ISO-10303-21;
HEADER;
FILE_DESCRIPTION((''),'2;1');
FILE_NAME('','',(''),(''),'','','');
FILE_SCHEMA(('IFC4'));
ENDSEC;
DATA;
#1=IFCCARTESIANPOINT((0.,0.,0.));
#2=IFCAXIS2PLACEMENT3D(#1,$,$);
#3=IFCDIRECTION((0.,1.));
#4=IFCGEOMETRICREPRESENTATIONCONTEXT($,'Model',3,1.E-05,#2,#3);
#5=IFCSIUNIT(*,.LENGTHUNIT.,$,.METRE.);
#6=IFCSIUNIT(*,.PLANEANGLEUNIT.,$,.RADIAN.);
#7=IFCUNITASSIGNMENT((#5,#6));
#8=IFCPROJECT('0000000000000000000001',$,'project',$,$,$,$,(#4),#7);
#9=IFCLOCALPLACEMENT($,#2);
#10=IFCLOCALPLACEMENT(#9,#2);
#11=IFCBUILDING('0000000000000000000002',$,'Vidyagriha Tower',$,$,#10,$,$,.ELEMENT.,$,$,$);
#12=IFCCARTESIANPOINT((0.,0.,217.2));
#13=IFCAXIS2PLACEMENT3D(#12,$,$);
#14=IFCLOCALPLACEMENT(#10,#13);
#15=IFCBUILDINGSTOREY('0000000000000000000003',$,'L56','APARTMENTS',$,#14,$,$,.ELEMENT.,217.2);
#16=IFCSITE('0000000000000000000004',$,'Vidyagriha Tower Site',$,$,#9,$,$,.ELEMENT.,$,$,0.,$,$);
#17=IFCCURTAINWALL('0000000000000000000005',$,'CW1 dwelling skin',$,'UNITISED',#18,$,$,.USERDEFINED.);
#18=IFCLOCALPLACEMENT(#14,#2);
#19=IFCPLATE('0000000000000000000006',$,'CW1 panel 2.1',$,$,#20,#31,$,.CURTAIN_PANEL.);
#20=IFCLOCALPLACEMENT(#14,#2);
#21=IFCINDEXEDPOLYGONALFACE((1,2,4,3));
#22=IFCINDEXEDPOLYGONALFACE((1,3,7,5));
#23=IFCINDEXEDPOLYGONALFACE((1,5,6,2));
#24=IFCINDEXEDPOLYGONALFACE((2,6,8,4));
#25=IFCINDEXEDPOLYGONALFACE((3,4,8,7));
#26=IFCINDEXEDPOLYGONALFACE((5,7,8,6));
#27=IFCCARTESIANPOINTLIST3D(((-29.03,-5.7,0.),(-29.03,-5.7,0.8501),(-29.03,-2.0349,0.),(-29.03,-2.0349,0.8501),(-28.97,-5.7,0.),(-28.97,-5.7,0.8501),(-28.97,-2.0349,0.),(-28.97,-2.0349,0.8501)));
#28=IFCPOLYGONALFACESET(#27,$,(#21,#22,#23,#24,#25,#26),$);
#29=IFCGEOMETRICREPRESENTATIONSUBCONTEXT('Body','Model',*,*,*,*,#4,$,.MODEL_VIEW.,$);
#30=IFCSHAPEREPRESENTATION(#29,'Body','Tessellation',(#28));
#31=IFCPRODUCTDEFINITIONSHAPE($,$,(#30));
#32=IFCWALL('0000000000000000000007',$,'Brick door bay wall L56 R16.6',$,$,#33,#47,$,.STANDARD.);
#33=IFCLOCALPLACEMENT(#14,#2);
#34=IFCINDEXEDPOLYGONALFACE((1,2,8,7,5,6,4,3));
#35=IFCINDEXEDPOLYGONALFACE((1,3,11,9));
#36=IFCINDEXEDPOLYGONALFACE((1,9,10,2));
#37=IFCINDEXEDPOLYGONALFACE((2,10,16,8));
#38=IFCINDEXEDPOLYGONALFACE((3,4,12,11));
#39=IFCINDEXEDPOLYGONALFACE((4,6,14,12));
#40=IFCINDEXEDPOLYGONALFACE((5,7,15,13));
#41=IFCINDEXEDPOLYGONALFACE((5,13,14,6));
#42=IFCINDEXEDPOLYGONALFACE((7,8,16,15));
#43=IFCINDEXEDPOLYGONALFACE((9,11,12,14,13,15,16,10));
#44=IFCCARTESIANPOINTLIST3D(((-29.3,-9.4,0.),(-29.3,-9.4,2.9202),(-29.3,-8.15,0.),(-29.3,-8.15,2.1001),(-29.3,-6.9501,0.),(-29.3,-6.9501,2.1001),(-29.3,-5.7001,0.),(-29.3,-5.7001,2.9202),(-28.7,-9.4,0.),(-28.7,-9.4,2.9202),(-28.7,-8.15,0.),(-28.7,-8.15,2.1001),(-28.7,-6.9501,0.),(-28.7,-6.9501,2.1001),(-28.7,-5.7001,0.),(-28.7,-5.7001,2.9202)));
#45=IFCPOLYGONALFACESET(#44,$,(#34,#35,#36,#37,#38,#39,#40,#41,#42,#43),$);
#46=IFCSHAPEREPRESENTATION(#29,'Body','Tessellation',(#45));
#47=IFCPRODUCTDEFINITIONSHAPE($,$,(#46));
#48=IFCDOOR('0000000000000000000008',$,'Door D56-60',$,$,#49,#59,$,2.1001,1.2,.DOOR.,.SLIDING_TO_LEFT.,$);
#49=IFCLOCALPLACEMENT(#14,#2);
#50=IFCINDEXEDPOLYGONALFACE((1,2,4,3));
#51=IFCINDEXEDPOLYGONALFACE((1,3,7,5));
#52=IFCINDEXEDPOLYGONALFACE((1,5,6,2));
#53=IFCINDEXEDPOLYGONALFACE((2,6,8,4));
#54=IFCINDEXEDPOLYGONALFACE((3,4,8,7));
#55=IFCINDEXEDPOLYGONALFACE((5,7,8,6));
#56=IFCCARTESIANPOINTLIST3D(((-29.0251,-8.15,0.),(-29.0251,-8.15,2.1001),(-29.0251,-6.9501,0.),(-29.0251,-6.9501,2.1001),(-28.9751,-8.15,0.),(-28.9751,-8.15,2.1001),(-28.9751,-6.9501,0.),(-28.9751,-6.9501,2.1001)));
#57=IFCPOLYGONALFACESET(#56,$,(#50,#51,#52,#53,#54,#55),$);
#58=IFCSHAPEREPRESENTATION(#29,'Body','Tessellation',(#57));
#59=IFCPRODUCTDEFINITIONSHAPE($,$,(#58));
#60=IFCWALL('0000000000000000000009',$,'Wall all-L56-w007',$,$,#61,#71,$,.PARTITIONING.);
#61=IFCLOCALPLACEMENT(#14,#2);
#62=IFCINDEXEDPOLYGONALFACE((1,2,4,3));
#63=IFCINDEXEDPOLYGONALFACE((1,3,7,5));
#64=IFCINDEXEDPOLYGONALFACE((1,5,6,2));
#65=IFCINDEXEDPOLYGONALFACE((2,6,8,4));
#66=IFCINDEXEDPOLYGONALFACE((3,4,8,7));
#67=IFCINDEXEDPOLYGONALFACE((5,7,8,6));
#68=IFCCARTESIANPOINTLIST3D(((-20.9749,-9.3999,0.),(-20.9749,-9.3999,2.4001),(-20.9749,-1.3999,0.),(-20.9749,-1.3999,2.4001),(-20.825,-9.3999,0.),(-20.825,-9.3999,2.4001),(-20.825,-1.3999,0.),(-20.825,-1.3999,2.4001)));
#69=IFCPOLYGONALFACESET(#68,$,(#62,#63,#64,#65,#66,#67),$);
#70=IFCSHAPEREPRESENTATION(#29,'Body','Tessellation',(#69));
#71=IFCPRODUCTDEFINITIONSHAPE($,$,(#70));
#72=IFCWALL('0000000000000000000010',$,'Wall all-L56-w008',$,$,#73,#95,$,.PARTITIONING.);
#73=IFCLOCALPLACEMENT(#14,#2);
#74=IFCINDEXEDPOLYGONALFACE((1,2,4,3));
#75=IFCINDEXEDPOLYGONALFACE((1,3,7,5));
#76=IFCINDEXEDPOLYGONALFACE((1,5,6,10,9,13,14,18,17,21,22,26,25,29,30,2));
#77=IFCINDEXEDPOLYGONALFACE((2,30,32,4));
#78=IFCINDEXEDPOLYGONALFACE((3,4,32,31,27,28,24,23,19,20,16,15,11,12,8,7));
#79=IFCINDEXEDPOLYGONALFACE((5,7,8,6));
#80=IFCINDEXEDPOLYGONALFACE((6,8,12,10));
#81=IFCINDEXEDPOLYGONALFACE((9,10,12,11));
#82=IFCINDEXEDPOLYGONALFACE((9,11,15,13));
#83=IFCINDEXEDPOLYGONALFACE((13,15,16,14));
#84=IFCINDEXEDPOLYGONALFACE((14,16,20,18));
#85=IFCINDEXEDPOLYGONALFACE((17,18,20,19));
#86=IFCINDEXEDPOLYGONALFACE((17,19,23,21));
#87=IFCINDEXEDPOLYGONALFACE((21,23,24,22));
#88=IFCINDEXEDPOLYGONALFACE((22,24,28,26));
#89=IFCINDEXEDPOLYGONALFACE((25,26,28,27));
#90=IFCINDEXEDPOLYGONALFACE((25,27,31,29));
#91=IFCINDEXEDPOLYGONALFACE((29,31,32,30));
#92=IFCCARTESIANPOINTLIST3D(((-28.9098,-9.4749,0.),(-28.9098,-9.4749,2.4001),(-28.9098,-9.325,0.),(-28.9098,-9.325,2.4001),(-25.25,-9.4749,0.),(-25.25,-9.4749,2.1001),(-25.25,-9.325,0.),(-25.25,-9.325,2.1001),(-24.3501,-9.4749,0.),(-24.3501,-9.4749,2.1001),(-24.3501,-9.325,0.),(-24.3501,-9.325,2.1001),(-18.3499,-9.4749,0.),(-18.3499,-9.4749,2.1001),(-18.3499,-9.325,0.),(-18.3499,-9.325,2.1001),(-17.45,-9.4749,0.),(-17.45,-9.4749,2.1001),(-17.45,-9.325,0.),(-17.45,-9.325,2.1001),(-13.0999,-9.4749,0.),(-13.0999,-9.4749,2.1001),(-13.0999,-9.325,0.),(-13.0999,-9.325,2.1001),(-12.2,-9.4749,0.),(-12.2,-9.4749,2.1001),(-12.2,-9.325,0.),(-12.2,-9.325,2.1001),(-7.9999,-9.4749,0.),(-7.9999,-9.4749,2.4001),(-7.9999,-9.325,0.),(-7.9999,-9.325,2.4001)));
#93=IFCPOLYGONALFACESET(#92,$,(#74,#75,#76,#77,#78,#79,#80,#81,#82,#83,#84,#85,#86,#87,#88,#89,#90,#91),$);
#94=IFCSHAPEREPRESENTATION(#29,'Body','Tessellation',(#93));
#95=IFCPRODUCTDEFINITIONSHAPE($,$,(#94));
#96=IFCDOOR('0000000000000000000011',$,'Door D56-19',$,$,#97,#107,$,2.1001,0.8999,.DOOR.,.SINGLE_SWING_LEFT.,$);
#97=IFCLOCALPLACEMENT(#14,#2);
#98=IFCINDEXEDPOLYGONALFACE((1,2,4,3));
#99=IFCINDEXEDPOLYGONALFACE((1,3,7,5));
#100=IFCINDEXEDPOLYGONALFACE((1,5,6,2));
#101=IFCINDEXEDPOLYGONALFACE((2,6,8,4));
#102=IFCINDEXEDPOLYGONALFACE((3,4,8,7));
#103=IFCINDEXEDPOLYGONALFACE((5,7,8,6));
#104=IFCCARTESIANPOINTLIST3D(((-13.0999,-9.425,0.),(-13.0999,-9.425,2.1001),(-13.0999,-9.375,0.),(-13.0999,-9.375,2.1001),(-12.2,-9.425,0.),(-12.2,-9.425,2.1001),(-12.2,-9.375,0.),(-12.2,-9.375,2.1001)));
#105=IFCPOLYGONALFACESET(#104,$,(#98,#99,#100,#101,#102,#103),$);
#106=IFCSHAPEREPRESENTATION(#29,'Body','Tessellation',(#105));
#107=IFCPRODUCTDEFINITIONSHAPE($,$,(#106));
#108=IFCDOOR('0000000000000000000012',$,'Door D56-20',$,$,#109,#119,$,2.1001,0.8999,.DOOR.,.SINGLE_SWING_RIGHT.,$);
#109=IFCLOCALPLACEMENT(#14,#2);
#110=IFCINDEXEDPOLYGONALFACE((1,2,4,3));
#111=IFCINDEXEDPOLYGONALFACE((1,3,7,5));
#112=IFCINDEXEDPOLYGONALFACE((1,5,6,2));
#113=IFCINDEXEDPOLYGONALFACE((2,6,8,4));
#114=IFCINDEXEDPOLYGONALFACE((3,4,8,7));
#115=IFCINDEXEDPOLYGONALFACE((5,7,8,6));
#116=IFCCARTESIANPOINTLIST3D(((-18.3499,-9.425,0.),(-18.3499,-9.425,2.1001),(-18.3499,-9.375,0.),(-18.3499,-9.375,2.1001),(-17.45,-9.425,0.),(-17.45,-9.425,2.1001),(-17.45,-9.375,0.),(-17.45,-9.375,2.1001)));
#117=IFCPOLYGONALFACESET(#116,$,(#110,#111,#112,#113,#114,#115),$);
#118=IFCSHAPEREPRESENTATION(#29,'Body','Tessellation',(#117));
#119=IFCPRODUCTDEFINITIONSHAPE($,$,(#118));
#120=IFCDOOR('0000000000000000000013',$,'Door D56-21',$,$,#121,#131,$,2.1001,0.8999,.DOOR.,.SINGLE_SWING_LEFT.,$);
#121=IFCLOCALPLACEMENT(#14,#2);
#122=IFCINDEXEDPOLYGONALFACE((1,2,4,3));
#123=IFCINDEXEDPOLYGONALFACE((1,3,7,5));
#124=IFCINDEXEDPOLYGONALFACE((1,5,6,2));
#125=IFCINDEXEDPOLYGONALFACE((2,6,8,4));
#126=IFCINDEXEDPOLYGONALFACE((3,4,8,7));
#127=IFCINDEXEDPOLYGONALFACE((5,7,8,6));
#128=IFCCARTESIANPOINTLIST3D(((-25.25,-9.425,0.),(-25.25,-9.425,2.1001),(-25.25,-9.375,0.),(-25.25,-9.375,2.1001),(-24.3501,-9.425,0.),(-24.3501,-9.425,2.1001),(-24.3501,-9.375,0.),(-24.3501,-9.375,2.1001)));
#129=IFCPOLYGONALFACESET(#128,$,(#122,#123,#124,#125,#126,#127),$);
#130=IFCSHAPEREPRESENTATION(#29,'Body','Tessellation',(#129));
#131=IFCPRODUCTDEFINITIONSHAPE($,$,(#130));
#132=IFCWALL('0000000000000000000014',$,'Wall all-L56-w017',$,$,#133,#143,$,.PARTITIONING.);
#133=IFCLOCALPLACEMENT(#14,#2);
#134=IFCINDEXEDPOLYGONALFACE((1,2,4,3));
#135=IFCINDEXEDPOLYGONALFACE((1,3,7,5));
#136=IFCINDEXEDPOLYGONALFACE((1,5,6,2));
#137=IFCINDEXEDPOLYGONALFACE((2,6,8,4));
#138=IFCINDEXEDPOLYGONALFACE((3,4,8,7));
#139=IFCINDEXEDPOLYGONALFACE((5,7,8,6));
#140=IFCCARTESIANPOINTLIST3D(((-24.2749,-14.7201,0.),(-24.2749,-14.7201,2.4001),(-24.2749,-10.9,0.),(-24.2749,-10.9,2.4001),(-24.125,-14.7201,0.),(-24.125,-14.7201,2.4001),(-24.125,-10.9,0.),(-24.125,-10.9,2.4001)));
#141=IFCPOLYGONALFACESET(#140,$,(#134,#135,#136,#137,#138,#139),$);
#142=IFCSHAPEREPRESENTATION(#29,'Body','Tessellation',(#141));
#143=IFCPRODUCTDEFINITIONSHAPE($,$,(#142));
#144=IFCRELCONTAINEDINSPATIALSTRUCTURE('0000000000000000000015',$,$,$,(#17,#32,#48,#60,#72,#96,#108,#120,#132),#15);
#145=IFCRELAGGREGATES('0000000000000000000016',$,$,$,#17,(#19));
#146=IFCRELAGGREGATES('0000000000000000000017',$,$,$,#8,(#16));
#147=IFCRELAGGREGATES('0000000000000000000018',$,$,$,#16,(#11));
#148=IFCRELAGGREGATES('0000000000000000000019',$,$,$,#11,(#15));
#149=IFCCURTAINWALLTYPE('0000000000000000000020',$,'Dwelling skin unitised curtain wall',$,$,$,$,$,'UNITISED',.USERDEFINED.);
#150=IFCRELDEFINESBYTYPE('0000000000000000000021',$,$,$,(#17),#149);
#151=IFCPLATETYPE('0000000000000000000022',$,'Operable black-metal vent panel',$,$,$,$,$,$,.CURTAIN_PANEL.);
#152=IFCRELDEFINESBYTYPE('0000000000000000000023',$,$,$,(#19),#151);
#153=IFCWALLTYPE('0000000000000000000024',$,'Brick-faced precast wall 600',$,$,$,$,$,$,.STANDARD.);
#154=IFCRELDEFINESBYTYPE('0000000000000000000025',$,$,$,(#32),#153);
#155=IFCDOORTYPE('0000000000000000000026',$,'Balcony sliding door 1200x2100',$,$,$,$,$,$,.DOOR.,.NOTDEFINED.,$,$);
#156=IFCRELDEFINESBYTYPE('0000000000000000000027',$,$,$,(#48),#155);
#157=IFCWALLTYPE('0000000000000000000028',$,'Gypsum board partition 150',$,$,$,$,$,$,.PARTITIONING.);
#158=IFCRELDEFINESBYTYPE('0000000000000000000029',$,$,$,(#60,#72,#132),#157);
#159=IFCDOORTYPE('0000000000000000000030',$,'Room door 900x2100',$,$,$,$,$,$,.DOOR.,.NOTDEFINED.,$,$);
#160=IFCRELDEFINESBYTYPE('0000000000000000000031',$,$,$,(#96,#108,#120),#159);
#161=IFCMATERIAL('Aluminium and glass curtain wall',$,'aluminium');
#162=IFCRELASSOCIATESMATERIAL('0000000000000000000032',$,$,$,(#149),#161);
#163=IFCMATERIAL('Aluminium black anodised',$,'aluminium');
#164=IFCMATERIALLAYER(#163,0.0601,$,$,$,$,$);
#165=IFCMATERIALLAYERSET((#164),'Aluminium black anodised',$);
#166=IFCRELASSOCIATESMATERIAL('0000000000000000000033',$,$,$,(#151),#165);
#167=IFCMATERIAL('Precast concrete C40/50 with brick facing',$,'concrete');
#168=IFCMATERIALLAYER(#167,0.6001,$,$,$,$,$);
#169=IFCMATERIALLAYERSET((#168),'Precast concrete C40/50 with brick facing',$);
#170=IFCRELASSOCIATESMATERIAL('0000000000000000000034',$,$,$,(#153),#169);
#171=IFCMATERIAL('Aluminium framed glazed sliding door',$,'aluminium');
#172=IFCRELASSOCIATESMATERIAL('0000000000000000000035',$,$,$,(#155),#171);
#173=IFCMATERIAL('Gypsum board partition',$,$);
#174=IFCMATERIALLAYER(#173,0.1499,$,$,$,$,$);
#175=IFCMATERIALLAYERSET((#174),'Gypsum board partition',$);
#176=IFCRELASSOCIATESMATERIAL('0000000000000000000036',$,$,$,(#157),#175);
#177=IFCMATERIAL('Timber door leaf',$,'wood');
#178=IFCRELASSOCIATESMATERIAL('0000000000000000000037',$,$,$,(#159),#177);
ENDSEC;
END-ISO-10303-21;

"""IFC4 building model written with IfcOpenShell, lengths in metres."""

from ifc_helpers import new_model, si_unit, direction, frame, frame_2d, origin, origin_2d, place, context, subcontext, project, spatial, rectangle, extrude, material, layer, layer_set, type_object, element, fill, aggregate, save


model = new_model("IFC4")

# Units and contexts
model_context = context("Model", 3, precision=1e-05, world=origin(), true_north=direction((0.0, 1.0)))
body_context = subcontext(model_context, "Body", "Model", "MODEL_VIEW")
ifc_project = project(units=[si_unit("LENGTHUNIT", "METRE"), si_unit("PLANEANGLEUNIT", "RADIAN")], contexts=[model_context])

# Site, building, storey
site_placement = place(None, origin())
site = spatial("IfcSite", under=ifc_project, at=site_placement, Name="Vidyagriha Tower Site", CompositionType="ELEMENT", RefElevation=0.0)
building_placement = place(site_placement, origin())
building = spatial("IfcBuilding", under=site, at=building_placement, Name="Vidyagriha Tower", CompositionType="ELEMENT")
storey_placement = place(building_placement, frame((0.0, 0.0, 217.2)))
storey = spatial("IfcBuildingStorey", under=building, at=storey_placement, Name="L56", Description="APARTMENTS", CompositionType="ELEMENT", Elevation=217.2)

# Curtain wall
ifc_material_1 = material(Name="Aluminium and glass curtain wall", Category="aluminium")
curtain_wall_type = type_object("IfcCurtainWallType", Name="Dwelling skin unitised curtain wall", ElementType="UNITISED", PredefinedType="USERDEFINED", material=ifc_material_1)
curtain_wall_1_placement = place(storey_placement, origin())
curtain_wall_1 = element("IfcCurtainWall", 1, at=curtain_wall_1_placement, inside=storey, type_object=curtain_wall_type, Name="CW1 dwelling skin", ObjectType="UNITISED", PredefinedType="USERDEFINED")

# Plate
ifc_material_2 = material(Name="Aluminium black anodised", Category="aluminium")
ifc_layer_1 = layer(ifc_material_2, 0.0601)
ifc_layer_set_1 = layer_set([ifc_layer_1], Name="Aluminium black anodised")
plate_type_1 = type_object("IfcPlateType", Name="Operable black-metal vent panel", PredefinedType="CURTAIN_PANEL", material=ifc_layer_set_1)
plate_1_placement = place(storey_placement, frame((-29.0, -3.8674, 0.0), z_axis=(0.0, 0.0, 1.0), x_axis=(0.0, -1.0, 0.0)))
plate_1 = element("IfcPlate", 2, at=plate_1_placement, type_object=plate_type_1, Name="CW1 panel 2.1", PredefinedType="CURTAIN_PANEL", context=body_context, shape_type="SweptSolid", body=[
    extrude(rectangle(XDim=3.665, YDim=0.0601, at=origin_2d()), origin(), (0.0, 0.0, 1.0), 0.8501),
])
aggregate(curtain_wall_1, [plate_1])

# Wall, opening, door
ifc_material_3 = material(Name="Precast concrete C40/50 with brick facing", Category="concrete")
ifc_layer_2 = layer(ifc_material_3, 0.6001)
ifc_layer_set_2 = layer_set([ifc_layer_2], Name="Precast concrete C40/50 with brick facing")
wall_type_1 = type_object("IfcWallType", Name="Brick-faced precast wall 600", PredefinedType="STANDARD", material=ifc_layer_set_2)
wall_1_placement = place(storey_placement, frame((-29.0, -5.7, 0.0), z_axis=(0.0, 0.0, 1.0), x_axis=(0.0, -1.0, 0.0)))
wall_1 = element("IfcWall", 3, at=wall_1_placement, inside=storey, type_object=wall_type_1, Name="Brick door bay wall L56 R16.6", PredefinedType="STANDARD", context=body_context, shape_type="SweptSolid", body=[
    extrude(rectangle(XDim=3.7, YDim=0.6001, at=frame_2d((1.8501, 0.0))), origin(), (0.0, 0.0, 1.0), 2.9202),
])
opening_1_placement = place(wall_1_placement, frame((1.25, 0.0, 0.0)))
opening_1 = element("IfcOpeningElement", 4, at=opening_1_placement, cuts=wall_1, PredefinedType="OPENING", context=body_context, shape_type="SweptSolid", body=[
    extrude(rectangle(XDim=1.2, YDim=2.1001, at=frame_2d((0.6001, 1.05))), frame((0.0, 0.3101, 0.0), z_axis=(0.0, -1.0, 0.0), x_axis=(1.0, 0.0, 0.0)), (0.0, 0.0, 1.0), 0.6201),
])
ifc_material_4 = material(Name="Aluminium framed glazed sliding door", Category="aluminium")
door_type_1 = type_object("IfcDoorType", Name="Balcony sliding door 1200x2100", OperationType="NOTDEFINED", PredefinedType="DOOR", material=ifc_material_4)
door_1_placement = place(opening_1_placement, origin())
door_1 = element("IfcDoor", 5, at=door_1_placement, inside=storey, type_object=door_type_1, Name="Door D56-60", OperationType="SLIDING_TO_LEFT", OverallHeight=2.1001, OverallWidth=1.2, PredefinedType="DOOR", context=body_context, shape_type="SweptSolid", body=[
    extrude(rectangle(XDim=1.2, YDim=2.1001, at=frame_2d((0.6001, 1.05))), frame((0.0, 0.0249, 0.0), z_axis=(0.0, -1.0, 0.0), x_axis=(1.0, 0.0, 0.0)), (0.0, 0.0, 1.0), 0.05),
])
fill(opening_1, door_1)

# Wall
ifc_material_5 = material(Name="Gypsum board partition")
ifc_layer_3 = layer(ifc_material_5, 0.1499)
ifc_layer_set_3 = layer_set([ifc_layer_3], Name="Gypsum board partition")
wall_type_2 = type_object("IfcWallType", Name="Gypsum board partition 150", PredefinedType="PARTITIONING", material=ifc_layer_set_3)
wall_2_placement = place(storey_placement, frame((-20.8999, -9.3999, 0.0), z_axis=(0.0, 0.0, 1.0), x_axis=(0.0, 1.0, 0.0)))
element("IfcWall", 6, at=wall_2_placement, inside=storey, type_object=wall_type_2, Name="Wall all-L56-w007", PredefinedType="PARTITIONING", context=body_context, shape_type="SweptSolid", body=[
    extrude(rectangle(XDim=8.0, YDim=0.1499, at=frame_2d((4.0, 0.0))), origin(), (0.0, 0.0, 1.0), 2.4001),
])

# Wall, openings, doors
wall_3_placement = place(storey_placement, frame((-28.9099, -9.3999, 0.0)))
wall_3 = element("IfcWall", 7, at=wall_3_placement, inside=storey, type_object=wall_type_2, Name="Wall all-L56-w008", PredefinedType="PARTITIONING", context=body_context, shape_type="SweptSolid", body=[
    extrude(rectangle(XDim=20.9099, YDim=0.1499, at=frame_2d((10.4551, 0.0))), origin(), (0.0, 0.0, 1.0), 2.4001),
])
opening_2_placement = place(wall_3_placement, frame((15.8101, 0.0, 0.0)))
opening_2 = element("IfcOpeningElement", 8, at=opening_2_placement, cuts=wall_3, PredefinedType="OPENING", context=body_context, shape_type="SweptSolid", body=[
    extrude(rectangle(XDim=0.8999, YDim=2.1001, at=frame_2d((0.45, 1.05))), frame((0.0, 0.085, 0.0), z_axis=(0.0, -1.0, 0.0), x_axis=(1.0, 0.0, 0.0)), (0.0, 0.0, 1.0), 0.1699),
])
opening_3_placement = place(wall_3_placement, frame((10.5601, 0.0, 0.0)))
opening_3 = element("IfcOpeningElement", 9, at=opening_3_placement, cuts=wall_3, PredefinedType="OPENING", context=body_context, shape_type="SweptSolid", body=[
    extrude(rectangle(XDim=0.8999, YDim=2.1001, at=frame_2d((0.45, 1.05))), frame((0.0, 0.085, 0.0), z_axis=(0.0, -1.0, 0.0), x_axis=(1.0, 0.0, 0.0)), (0.0, 0.0, 1.0), 0.1699),
])
opening_4_placement = place(wall_3_placement, frame((3.6599, 0.0, 0.0)))
opening_4 = element("IfcOpeningElement", 10, at=opening_4_placement, cuts=wall_3, PredefinedType="OPENING", context=body_context, shape_type="SweptSolid", body=[
    extrude(rectangle(XDim=0.8999, YDim=2.1001, at=frame_2d((0.45, 1.05))), frame((0.0, 0.085, 0.0), z_axis=(0.0, -1.0, 0.0), x_axis=(1.0, 0.0, 0.0)), (0.0, 0.0, 1.0), 0.1699),
])
ifc_material_6 = material(Name="Timber door leaf", Category="wood")
door_type_2 = type_object("IfcDoorType", Name="Room door 900x2100", OperationType="NOTDEFINED", PredefinedType="DOOR", material=ifc_material_6)
door_2_placement = place(opening_2_placement, origin())
door_2 = element("IfcDoor", 11, at=door_2_placement, inside=storey, type_object=door_type_2, Name="Door D56-19", OperationType="SINGLE_SWING_LEFT", OverallHeight=2.1001, OverallWidth=0.8999, PredefinedType="DOOR", context=body_context, shape_type="SweptSolid", body=[
    extrude(rectangle(XDim=0.8999, YDim=2.1001, at=frame_2d((0.45, 1.05))), frame((0.0, 0.0249, 0.0), z_axis=(0.0, -1.0, 0.0), x_axis=(1.0, 0.0, 0.0)), (0.0, 0.0, 1.0), 0.05),
])
fill(opening_2, door_2)
door_3_placement = place(opening_3_placement, origin())
door_3 = element("IfcDoor", 12, at=door_3_placement, inside=storey, type_object=door_type_2, Name="Door D56-20", OperationType="SINGLE_SWING_RIGHT", OverallHeight=2.1001, OverallWidth=0.8999, PredefinedType="DOOR", context=body_context, shape_type="SweptSolid", body=[
    extrude(rectangle(XDim=0.8999, YDim=2.1001, at=frame_2d((0.45, 1.05))), frame((0.0, 0.0249, 0.0), z_axis=(0.0, -1.0, 0.0), x_axis=(1.0, 0.0, 0.0)), (0.0, 0.0, 1.0), 0.05),
])
fill(opening_3, door_3)
door_4_placement = place(opening_4_placement, origin())
door_4 = element("IfcDoor", 13, at=door_4_placement, inside=storey, type_object=door_type_2, Name="Door D56-21", OperationType="SINGLE_SWING_LEFT", OverallHeight=2.1001, OverallWidth=0.8999, PredefinedType="DOOR", context=body_context, shape_type="SweptSolid", body=[
    extrude(rectangle(XDim=0.8999, YDim=2.1001, at=frame_2d((0.45, 1.05))), frame((0.0, 0.0249, 0.0), z_axis=(0.0, -1.0, 0.0), x_axis=(1.0, 0.0, 0.0)), (0.0, 0.0, 1.0), 0.05),
])
fill(opening_4, door_4)

# Wall
wall_4_placement = place(storey_placement, frame((-24.2, -10.8999, 0.0), z_axis=(0.0, 0.0, 1.0), x_axis=(0.0, -1.0, 0.0)))
element("IfcWall", 14, at=wall_4_placement, inside=storey, type_object=wall_type_2, Name="Wall all-L56-w017", PredefinedType="PARTITIONING", context=body_context, shape_type="SweptSolid", body=[
    extrude(rectangle(XDim=3.8201, YDim=0.1499, at=frame_2d((1.9102, 0.0))), origin(), (0.0, 0.0, 1.0), 2.4001),
])

save(model, "model.ifc")
